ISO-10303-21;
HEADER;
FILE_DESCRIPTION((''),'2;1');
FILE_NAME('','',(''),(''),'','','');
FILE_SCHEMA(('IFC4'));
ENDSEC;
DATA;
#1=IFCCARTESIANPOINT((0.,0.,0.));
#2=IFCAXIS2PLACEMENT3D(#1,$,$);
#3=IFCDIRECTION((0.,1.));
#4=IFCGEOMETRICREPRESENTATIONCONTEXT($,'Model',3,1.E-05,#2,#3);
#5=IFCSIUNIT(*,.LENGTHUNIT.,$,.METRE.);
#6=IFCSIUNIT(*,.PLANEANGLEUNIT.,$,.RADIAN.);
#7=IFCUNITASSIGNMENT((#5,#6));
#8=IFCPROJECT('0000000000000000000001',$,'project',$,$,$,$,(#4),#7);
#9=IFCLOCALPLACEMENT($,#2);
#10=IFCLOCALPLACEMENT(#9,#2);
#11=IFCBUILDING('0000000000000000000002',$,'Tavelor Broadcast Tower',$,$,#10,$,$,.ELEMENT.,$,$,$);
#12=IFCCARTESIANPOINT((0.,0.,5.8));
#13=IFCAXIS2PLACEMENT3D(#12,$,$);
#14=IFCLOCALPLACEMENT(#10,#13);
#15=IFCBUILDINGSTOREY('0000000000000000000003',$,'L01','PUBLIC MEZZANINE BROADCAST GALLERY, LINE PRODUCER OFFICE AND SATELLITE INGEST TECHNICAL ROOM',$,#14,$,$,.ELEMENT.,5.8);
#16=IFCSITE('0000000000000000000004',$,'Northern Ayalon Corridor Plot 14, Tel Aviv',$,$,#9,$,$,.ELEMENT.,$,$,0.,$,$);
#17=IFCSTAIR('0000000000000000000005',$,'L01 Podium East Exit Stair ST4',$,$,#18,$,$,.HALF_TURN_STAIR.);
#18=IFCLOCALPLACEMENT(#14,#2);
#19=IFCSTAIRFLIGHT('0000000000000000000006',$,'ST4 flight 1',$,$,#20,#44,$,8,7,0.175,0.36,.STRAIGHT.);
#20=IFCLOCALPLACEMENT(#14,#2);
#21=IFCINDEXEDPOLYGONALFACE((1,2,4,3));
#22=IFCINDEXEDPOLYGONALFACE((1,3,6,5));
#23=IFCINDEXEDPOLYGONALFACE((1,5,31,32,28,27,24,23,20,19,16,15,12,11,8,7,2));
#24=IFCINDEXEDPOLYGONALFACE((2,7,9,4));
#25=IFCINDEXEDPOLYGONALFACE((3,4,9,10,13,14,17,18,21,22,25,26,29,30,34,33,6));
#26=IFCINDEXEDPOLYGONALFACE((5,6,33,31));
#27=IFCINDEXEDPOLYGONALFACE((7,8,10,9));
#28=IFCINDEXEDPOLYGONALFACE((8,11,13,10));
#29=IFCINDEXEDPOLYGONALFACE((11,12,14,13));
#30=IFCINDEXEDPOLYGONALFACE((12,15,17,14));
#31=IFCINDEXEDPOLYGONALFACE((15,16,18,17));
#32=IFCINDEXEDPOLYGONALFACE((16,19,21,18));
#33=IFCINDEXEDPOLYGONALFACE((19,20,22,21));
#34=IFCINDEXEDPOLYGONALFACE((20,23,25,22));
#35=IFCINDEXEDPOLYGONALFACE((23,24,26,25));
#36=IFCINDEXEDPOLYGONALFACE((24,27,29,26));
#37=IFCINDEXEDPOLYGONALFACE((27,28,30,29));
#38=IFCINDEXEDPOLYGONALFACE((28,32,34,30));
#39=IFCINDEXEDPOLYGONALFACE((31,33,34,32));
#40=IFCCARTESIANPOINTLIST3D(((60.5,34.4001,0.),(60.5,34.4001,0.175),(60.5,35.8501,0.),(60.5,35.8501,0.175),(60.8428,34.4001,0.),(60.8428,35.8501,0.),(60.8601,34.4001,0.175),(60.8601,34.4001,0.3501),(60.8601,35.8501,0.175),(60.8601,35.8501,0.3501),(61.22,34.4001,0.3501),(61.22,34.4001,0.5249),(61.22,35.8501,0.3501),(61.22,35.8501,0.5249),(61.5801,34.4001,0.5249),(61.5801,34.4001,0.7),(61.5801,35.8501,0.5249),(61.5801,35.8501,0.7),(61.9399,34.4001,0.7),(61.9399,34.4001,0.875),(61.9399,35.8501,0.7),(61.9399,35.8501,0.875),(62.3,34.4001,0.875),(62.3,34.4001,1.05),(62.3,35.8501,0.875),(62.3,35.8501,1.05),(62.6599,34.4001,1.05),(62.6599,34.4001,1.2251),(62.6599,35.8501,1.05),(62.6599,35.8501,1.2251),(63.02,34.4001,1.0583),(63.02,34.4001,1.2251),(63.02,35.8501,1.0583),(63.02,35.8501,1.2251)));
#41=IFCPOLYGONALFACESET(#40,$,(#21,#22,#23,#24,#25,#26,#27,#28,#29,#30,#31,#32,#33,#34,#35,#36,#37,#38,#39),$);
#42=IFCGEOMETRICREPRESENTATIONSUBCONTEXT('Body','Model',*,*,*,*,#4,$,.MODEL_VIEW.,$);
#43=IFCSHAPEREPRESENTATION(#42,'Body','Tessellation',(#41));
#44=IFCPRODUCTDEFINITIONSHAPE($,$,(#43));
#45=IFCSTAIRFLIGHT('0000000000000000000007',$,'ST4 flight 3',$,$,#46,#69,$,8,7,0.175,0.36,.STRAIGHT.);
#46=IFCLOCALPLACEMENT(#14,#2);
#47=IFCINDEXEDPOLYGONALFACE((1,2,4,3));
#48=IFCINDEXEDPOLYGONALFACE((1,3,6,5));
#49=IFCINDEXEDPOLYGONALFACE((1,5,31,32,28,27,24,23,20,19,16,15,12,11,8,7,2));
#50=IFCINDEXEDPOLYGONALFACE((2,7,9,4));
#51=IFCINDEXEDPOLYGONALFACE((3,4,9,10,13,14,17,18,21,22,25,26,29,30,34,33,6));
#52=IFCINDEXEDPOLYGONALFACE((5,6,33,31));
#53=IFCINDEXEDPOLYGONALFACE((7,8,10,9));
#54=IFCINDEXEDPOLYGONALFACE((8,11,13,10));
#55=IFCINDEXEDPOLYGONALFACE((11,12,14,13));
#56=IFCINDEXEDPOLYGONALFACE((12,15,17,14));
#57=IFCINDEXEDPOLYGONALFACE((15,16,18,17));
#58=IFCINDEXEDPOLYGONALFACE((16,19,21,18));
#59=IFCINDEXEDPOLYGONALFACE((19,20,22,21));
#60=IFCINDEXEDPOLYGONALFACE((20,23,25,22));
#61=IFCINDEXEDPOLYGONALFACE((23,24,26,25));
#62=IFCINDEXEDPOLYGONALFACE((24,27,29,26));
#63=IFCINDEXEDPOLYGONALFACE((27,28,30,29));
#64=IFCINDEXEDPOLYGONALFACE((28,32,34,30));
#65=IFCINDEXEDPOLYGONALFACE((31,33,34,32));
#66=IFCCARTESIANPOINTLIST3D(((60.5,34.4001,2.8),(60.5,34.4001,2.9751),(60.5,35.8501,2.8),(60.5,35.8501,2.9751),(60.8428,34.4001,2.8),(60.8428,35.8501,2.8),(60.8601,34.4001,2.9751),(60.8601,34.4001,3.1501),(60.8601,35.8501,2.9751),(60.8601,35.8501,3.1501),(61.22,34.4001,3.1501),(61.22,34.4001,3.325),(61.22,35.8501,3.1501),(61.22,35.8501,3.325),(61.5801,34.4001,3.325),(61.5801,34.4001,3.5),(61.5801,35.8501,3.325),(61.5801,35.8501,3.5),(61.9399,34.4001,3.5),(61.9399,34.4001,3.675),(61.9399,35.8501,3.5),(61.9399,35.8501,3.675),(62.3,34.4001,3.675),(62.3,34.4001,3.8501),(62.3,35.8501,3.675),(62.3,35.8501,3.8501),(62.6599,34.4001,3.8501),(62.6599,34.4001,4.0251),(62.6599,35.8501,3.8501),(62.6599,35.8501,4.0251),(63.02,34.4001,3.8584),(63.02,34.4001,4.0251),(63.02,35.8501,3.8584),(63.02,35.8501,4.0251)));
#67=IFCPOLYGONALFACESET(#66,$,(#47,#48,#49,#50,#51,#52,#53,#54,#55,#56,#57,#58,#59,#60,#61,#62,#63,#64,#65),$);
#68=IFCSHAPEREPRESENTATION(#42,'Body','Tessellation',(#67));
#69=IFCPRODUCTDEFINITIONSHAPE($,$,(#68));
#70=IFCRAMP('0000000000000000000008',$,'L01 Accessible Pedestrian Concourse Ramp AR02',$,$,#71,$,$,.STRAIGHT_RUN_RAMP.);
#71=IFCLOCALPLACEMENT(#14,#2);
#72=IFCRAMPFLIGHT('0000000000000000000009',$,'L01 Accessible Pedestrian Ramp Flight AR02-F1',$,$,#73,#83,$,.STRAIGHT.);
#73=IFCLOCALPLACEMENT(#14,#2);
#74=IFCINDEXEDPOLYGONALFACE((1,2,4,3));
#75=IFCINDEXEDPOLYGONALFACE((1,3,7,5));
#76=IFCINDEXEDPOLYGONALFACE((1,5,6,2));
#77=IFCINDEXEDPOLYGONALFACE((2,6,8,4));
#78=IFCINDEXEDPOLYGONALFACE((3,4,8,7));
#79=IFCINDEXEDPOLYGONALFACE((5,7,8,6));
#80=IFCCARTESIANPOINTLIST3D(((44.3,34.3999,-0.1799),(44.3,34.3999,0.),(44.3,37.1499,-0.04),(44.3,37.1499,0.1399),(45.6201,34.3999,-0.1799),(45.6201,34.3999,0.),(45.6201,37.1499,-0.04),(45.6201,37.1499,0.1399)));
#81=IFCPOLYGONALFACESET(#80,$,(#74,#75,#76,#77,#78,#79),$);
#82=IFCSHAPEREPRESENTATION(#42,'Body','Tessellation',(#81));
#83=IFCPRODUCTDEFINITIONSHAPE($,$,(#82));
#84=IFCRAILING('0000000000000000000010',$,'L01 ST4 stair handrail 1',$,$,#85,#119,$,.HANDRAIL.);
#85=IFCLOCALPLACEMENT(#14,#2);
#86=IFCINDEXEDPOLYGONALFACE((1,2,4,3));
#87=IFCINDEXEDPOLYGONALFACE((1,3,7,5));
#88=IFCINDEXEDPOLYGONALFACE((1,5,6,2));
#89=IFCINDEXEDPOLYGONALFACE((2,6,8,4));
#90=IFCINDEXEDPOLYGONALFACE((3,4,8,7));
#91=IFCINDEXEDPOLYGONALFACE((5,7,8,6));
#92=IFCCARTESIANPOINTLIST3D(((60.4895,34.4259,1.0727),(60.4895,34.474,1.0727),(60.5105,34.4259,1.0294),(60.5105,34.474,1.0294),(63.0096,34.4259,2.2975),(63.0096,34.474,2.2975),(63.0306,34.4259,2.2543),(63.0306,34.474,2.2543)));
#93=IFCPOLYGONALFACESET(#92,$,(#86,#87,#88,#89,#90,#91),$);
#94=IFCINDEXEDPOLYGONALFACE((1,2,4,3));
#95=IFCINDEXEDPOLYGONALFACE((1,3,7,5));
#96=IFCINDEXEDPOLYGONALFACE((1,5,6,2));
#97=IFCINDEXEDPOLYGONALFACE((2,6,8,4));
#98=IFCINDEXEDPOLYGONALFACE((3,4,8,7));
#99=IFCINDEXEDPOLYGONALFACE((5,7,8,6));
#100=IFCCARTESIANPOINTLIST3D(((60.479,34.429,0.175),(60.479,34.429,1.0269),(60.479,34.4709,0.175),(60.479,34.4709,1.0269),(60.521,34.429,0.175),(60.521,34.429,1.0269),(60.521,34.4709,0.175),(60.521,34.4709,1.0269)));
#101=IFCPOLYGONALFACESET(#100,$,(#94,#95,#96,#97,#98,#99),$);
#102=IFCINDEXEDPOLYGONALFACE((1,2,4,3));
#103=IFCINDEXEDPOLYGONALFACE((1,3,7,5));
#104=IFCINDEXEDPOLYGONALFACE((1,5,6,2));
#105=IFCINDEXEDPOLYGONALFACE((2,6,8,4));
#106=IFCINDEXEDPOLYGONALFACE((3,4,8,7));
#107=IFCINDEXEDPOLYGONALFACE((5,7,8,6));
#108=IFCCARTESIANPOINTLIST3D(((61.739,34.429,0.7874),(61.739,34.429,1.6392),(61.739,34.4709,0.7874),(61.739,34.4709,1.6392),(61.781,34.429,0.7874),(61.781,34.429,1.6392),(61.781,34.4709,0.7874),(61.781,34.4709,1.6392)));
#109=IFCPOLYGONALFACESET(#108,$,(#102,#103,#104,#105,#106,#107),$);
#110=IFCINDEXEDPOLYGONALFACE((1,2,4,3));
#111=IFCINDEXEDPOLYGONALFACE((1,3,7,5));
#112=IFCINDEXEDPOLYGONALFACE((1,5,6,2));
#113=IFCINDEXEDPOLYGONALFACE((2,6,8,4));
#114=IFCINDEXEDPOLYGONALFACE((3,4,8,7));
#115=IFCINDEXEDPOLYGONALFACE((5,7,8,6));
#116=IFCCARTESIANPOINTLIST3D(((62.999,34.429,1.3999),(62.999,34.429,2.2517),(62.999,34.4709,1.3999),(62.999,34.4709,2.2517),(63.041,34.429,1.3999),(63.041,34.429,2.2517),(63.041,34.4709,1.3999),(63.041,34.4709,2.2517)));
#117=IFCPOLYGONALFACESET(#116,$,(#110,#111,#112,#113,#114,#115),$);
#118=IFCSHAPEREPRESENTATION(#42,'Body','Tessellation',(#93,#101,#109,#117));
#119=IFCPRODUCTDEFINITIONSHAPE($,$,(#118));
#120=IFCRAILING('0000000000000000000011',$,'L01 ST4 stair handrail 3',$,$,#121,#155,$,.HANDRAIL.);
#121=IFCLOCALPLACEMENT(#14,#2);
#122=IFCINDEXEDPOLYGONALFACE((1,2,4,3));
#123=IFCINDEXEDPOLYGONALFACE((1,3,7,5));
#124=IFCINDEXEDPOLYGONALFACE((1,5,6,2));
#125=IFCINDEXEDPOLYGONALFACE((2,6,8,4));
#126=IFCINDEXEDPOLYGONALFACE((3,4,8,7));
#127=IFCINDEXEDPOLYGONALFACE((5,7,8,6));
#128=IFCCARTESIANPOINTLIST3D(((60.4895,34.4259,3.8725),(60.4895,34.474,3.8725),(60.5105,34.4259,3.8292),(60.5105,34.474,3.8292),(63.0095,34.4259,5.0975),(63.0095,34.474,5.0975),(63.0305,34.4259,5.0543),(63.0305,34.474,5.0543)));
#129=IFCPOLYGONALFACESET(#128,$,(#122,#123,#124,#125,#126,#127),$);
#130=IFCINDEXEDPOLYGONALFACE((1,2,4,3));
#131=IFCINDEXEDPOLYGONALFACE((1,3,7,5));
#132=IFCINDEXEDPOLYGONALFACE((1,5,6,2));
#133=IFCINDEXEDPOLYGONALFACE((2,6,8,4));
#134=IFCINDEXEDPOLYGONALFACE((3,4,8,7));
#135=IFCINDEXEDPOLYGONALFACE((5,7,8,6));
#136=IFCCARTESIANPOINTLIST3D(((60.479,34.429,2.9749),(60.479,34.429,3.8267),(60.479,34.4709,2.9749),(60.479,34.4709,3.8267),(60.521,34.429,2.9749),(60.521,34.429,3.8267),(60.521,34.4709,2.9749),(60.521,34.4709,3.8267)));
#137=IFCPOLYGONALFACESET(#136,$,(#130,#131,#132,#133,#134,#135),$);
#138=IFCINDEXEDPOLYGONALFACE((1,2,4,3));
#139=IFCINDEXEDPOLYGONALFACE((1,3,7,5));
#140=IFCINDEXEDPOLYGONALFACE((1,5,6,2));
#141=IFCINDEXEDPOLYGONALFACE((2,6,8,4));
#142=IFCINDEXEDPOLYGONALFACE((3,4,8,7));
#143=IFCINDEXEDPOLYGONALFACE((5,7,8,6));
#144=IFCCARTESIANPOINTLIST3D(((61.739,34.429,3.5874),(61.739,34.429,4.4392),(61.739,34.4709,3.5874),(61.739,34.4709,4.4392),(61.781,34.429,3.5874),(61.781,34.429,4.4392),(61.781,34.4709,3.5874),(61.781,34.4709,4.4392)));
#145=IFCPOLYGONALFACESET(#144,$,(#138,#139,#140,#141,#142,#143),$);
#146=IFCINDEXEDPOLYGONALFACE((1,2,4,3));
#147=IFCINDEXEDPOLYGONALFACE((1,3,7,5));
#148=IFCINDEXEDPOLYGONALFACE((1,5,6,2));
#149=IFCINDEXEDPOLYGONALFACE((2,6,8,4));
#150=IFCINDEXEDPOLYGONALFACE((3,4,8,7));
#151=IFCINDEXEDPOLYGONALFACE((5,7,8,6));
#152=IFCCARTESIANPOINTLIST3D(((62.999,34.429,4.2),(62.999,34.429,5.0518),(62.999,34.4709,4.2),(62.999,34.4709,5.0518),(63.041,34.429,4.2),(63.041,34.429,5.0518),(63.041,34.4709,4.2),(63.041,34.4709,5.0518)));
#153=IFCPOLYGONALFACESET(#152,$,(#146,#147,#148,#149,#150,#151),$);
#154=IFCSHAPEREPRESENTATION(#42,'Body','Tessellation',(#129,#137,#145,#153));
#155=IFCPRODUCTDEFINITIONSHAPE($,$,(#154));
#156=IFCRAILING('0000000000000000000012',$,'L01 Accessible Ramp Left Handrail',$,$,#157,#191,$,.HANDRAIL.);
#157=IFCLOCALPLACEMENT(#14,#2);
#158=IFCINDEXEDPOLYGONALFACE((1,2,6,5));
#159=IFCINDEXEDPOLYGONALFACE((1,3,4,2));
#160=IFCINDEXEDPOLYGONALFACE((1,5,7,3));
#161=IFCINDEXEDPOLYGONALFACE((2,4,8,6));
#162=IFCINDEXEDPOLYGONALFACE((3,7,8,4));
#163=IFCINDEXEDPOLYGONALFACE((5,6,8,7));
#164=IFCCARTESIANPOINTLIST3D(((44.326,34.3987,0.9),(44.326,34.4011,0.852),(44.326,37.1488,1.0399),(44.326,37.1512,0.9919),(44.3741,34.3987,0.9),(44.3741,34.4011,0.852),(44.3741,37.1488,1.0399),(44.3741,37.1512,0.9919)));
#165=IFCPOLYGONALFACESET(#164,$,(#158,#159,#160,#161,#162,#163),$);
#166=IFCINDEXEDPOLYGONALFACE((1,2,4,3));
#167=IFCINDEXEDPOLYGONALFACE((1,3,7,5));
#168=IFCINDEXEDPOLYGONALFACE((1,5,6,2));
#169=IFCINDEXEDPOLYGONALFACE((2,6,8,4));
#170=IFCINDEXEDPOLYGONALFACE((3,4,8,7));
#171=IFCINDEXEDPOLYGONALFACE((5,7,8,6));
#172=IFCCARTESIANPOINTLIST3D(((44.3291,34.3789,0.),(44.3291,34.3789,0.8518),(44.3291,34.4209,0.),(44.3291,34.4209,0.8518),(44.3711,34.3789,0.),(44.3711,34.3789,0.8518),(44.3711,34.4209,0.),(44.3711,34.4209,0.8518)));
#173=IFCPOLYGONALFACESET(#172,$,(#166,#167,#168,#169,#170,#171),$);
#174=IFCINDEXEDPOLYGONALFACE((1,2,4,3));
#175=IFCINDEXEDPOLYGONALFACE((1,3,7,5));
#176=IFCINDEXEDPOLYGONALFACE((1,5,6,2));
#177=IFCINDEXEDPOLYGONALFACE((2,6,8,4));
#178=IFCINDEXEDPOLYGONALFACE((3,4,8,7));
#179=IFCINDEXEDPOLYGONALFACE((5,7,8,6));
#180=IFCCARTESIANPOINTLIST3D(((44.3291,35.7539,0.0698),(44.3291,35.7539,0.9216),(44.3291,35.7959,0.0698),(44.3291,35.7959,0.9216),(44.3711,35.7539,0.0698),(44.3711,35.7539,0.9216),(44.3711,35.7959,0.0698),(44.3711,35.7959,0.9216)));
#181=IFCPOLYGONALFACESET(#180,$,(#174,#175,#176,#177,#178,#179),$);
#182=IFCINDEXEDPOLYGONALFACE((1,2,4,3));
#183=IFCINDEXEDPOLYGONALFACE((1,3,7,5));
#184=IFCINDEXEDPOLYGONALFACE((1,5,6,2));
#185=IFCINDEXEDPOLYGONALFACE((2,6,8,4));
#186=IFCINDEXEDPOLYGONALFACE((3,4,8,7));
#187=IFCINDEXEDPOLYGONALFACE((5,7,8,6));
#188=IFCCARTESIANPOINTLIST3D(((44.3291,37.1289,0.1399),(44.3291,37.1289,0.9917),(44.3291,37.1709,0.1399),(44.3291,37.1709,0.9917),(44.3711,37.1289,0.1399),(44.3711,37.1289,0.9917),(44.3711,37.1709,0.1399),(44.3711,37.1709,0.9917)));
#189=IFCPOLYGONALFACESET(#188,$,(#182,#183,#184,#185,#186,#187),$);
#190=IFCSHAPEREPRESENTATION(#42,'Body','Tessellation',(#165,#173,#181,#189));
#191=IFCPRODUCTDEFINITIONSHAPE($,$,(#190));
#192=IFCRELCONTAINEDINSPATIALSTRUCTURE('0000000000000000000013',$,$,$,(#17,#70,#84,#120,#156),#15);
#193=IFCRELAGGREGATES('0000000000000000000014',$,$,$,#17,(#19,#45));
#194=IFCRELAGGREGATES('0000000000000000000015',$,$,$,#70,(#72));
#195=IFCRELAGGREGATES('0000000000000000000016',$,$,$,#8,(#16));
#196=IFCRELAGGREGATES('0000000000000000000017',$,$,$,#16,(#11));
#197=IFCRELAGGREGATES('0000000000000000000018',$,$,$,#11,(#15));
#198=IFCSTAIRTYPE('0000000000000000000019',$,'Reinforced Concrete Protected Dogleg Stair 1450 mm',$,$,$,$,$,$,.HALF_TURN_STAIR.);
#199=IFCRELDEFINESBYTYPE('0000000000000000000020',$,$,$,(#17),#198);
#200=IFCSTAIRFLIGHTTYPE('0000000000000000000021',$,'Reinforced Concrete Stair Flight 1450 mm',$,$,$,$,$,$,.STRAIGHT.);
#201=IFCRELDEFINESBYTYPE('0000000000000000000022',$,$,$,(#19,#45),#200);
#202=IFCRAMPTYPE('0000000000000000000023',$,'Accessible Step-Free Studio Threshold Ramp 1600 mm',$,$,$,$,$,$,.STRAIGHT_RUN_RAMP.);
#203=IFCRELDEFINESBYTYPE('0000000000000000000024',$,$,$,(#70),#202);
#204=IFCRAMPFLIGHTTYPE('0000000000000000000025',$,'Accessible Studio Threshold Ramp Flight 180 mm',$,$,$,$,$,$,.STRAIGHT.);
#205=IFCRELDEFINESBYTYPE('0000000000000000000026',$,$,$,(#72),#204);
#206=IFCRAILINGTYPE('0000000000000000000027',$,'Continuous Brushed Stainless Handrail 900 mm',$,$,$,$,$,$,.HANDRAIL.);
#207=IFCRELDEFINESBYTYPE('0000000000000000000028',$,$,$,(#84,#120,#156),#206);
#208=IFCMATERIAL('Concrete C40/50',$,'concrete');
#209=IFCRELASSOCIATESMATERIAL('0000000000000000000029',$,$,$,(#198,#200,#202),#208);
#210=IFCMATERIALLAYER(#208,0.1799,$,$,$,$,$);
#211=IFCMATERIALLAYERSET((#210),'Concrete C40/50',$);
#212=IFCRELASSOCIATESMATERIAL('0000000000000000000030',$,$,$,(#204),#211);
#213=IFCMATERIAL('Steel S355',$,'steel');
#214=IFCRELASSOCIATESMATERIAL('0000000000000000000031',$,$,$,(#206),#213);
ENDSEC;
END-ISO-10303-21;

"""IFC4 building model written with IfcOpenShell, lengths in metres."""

from ifc_helpers import new_model, si_unit, direction, frame, origin, origin_2d, place, context, subcontext, project, spatial, polyline, rectangle, outline, extrude, material, layer, layer_set, type_object, element, aggregate, save


model = new_model("IFC4")

# Units and contexts
model_context = context("Model", 3, precision=1e-05, world=origin(), true_north=direction((0.0, 1.0)))
body_context = subcontext(model_context, "Body", "Model", "MODEL_VIEW")
ifc_project = project(units=[si_unit("LENGTHUNIT", "METRE"), si_unit("PLANEANGLEUNIT", "RADIAN")], contexts=[model_context])

# Site, building, storey
site_placement = place(None, origin())
site = spatial("IfcSite", under=ifc_project, at=site_placement, Name="Northern Ayalon Corridor Plot 14, Tel Aviv", CompositionType="ELEMENT", RefElevation=0.0)
building_placement = place(site_placement, origin())
building = spatial("IfcBuilding", under=site, at=building_placement, Name="Tavelor Broadcast Tower", CompositionType="ELEMENT")
storey_placement = place(building_placement, frame((0.0, 0.0, 5.8)))
storey = spatial("IfcBuildingStorey", under=building, at=storey_placement, Name="L01", Description="PUBLIC MEZZANINE BROADCAST GALLERY, LINE PRODUCER OFFICE AND SATELLITE INGEST TECHNICAL ROOM", CompositionType="ELEMENT", Elevation=5.8)

# Shared definitions
ifc_material_1 = material(Name="Steel S355", Category="steel")

# Shared definitions
ifc_material_2 = material(Name="Concrete C40/50", Category="concrete")

# Stair, stair flights
stair_type = type_object("IfcStairType", Name="Reinforced Concrete Protected Dogleg Stair 1450 mm", PredefinedType="HALF_TURN_STAIR", material=ifc_material_2)
stair_placement = place(storey_placement, origin())
stair = element("IfcStair", 1, at=stair_placement, inside=storey, type_object=stair_type, Name="L01 Podium East Exit Stair ST4", PredefinedType="HALF_TURN_STAIR")
stair_flight_type = type_object("IfcStairFlightType", Name="Reinforced Concrete Stair Flight 1450 mm", PredefinedType="STRAIGHT", material=ifc_material_2)
stair_flight_1_placement = place(storey_placement, frame((60.5, 35.125, 0.0), z_axis=(0.0, 0.0, 1.0), x_axis=(1.0, 0.0, 0.0)))
stair_flight_1 = element("IfcStairFlight", 2, at=stair_flight_1_placement, type_object=stair_flight_type, Name="ST4 flight 1", NumberOfRisers=8, NumberOfTreads=7, PredefinedType="STRAIGHT", RiserHeight=0.175, TreadLength=0.36, context=body_context, shape_type="SweptSolid", body=[
    extrude(outline(polyline([(0.0, 0.0), (0.0, 0.175), (0.3601, 0.175), (0.3601, 0.3501), (0.72, 0.3501), (0.72, 0.5249), (1.0801, 0.5249), (1.0801, 0.7), (1.4399, 0.7), (1.4399, 0.875), (1.8, 0.875), (1.8, 1.05), (2.1599, 1.05), (2.1599, 1.2251), (2.52, 1.2251), (2.52, 1.3999), (2.52, 1.0583), (0.3428, 0.0), (0.0, 0.0)])), frame((0.0, 0.7251, 0.0), z_axis=(0.0, -1.0, 0.0), x_axis=(1.0, 0.0, 0.0)), (0.0, 0.0, 1.0), 1.45),
])
stair_flight_2_placement = place(storey_placement, frame((60.5, 35.125, 2.8), z_axis=(0.0, 0.0, 1.0), x_axis=(1.0, 0.0, 0.0)))
stair_flight_2 = element("IfcStairFlight", 3, at=stair_flight_2_placement, type_object=stair_flight_type, Name="ST4 flight 3", NumberOfRisers=8, NumberOfTreads=7, PredefinedType="STRAIGHT", RiserHeight=0.175, TreadLength=0.36, context=body_context, shape_type="SweptSolid", body=[
    extrude(outline(polyline([(0.0, 0.0), (0.0, 0.175), (0.3601, 0.175), (0.3601, 0.3501), (0.72, 0.3501), (0.72, 0.5249), (1.0801, 0.5249), (1.0801, 0.7), (1.4399, 0.7), (1.4399, 0.875), (1.8, 0.875), (1.8, 1.05), (2.1599, 1.05), (2.1599, 1.2251), (2.52, 1.2251), (2.52, 1.3999), (2.52, 1.0583), (0.3428, 0.0), (0.0, 0.0)])), frame((0.0, 0.7251, 0.0), z_axis=(0.0, -1.0, 0.0), x_axis=(1.0, 0.0, 0.0)), (0.0, 0.0, 1.0), 1.45),
])
aggregate(stair, [stair_flight_1, stair_flight_2])

# Ramp, ramp flight
ramp_type = type_object("IfcRampType", Name="Accessible Step-Free Studio Threshold Ramp 1600 mm", PredefinedType="STRAIGHT_RUN_RAMP", material=ifc_material_2)
ramp_placement = place(storey_placement, origin())
ramp = element("IfcRamp", 4, at=ramp_placement, inside=storey, type_object=ramp_type, Name="L01 Accessible Pedestrian Concourse Ramp AR02", PredefinedType="STRAIGHT_RUN_RAMP")
ifc_layer_1 = layer(ifc_material_2, 0.1799)
ifc_layer_set_1 = layer_set([ifc_layer_1], Name="Concrete C40/50")
ramp_flight_type = type_object("IfcRampFlightType", Name="Accessible Studio Threshold Ramp Flight 180 mm", PredefinedType="STRAIGHT", material=ifc_layer_set_1)
ramp_flight_placement = place(storey_placement, frame((44.3, 34.3999, 0.0), z_axis=(0.0, 0.0, 1.0), x_axis=(0.0, 1.0, 0.0)))
ramp_flight = element("IfcRampFlight", 5, at=ramp_flight_placement, type_object=ramp_flight_type, Name="L01 Accessible Pedestrian Ramp Flight AR02-F1", PredefinedType="STRAIGHT", context=body_context, shape_type="SweptSolid", body=[
    extrude(outline(polyline([(0.0, -0.1799), (2.75, -0.04), (2.75, 0.1399), (0.0, 0.0), (0.0, -0.1799)])), frame((0.0, 0.0, 0.0), z_axis=(0.0, -1.0, 0.0), x_axis=(1.0, 0.0, 0.0)), (0.0, 0.0, 1.0), 1.3201),
])
aggregate(ramp, [ramp_flight])

# Railings
railing_type_1 = type_object("IfcRailingType", Name="Continuous Brushed Stainless Handrail 900 mm", PredefinedType="HANDRAIL", material=ifc_material_1)
railing_1_placement = place(storey_placement, frame((60.5, 34.45, 0.175)))
element("IfcRailing", 6, at=railing_1_placement, inside=storey, type_object=railing_type_1, Name="L01 ST4 stair handrail 1", PredefinedType="HANDRAIL", context=body_context, shape_type="SweptSolid", body=[
    extrude(rectangle(XDim=0.0481, YDim=0.0481, at=origin_2d()), frame((0.0, 0.0, 0.876), z_axis=(0.89939, 0.0, 0.437148), x_axis=(0.0, 1.0, 0.0)), (0.0, 0.0, 1.0), 2.802),
    extrude(rectangle(XDim=0.042, YDim=0.042, at=origin_2d()), origin(), (0.0, 0.0, 1.0), 0.8518),
    extrude(rectangle(XDim=0.042, YDim=0.042, at=origin_2d()), frame((1.26, 0.0, 0.6123)), (0.0, 0.0, 1.0), 0.8518),
    extrude(rectangle(XDim=0.042, YDim=0.042, at=origin_2d()), frame((2.52, 0.0, 1.2249)), (0.0, 0.0, 1.0), 0.8518),
])
railing_2_placement = place(storey_placement, frame((60.5, 34.45, 2.9749)))
element("IfcRailing", 7, at=railing_2_placement, inside=storey, type_object=railing_type_1, Name="L01 ST4 stair handrail 3", PredefinedType="HANDRAIL", context=body_context, shape_type="SweptSolid", body=[
    extrude(rectangle(XDim=0.0481, YDim=0.0481, at=origin_2d()), frame((0.0, 0.0, 0.876), z_axis=(0.899355, 0.0, 0.437218), x_axis=(0.0, 1.0, 0.0)), (0.0, 0.0, 1.0), 2.802),
    extrude(rectangle(XDim=0.042, YDim=0.042, at=origin_2d()), origin(), (0.0, 0.0, 1.0), 0.8518),
    extrude(rectangle(XDim=0.042, YDim=0.042, at=origin_2d()), frame((1.26, 0.0, 0.6125)), (0.0, 0.0, 1.0), 0.8518),
    extrude(rectangle(XDim=0.042, YDim=0.042, at=origin_2d()), frame((2.52, 0.0, 1.2251)), (0.0, 0.0, 1.0), 0.8518),
])
for number, where, name in (
    (8, (44.3501, 34.3999, 0.0), "L01 Accessible Ramp Left Handrail"),
):
    element("IfcRailing", number, at=place(storey_placement, frame(where)), inside=storey, type_object=railing_type_1, Name=name, PredefinedType="HANDRAIL", context=body_context, shape_type="SweptSolid", body=[
        extrude(rectangle(XDim=0.0481, YDim=0.0481, at=origin_2d()), frame((0.0, 0.0, 0.876), z_axis=(0.0, 0.998709, 0.050804), x_axis=(-1.0, 0.0, 0.0)), (0.0, 0.0, 1.0), 2.7537),
        extrude(rectangle(XDim=0.042, YDim=0.042, at=origin_2d()), origin(), (0.0, 0.0, 1.0), 0.8518),
        extrude(rectangle(XDim=0.042, YDim=0.042, at=origin_2d()), frame((0.0, 1.375, 0.0698)), (0.0, 0.0, 1.0), 0.8518),
        extrude(rectangle(XDim=0.042, YDim=0.042, at=origin_2d()), frame((0.0, 2.75, 0.1399)), (0.0, 0.0, 1.0), 0.8518),
    ])

save(model, "model.ifc")
